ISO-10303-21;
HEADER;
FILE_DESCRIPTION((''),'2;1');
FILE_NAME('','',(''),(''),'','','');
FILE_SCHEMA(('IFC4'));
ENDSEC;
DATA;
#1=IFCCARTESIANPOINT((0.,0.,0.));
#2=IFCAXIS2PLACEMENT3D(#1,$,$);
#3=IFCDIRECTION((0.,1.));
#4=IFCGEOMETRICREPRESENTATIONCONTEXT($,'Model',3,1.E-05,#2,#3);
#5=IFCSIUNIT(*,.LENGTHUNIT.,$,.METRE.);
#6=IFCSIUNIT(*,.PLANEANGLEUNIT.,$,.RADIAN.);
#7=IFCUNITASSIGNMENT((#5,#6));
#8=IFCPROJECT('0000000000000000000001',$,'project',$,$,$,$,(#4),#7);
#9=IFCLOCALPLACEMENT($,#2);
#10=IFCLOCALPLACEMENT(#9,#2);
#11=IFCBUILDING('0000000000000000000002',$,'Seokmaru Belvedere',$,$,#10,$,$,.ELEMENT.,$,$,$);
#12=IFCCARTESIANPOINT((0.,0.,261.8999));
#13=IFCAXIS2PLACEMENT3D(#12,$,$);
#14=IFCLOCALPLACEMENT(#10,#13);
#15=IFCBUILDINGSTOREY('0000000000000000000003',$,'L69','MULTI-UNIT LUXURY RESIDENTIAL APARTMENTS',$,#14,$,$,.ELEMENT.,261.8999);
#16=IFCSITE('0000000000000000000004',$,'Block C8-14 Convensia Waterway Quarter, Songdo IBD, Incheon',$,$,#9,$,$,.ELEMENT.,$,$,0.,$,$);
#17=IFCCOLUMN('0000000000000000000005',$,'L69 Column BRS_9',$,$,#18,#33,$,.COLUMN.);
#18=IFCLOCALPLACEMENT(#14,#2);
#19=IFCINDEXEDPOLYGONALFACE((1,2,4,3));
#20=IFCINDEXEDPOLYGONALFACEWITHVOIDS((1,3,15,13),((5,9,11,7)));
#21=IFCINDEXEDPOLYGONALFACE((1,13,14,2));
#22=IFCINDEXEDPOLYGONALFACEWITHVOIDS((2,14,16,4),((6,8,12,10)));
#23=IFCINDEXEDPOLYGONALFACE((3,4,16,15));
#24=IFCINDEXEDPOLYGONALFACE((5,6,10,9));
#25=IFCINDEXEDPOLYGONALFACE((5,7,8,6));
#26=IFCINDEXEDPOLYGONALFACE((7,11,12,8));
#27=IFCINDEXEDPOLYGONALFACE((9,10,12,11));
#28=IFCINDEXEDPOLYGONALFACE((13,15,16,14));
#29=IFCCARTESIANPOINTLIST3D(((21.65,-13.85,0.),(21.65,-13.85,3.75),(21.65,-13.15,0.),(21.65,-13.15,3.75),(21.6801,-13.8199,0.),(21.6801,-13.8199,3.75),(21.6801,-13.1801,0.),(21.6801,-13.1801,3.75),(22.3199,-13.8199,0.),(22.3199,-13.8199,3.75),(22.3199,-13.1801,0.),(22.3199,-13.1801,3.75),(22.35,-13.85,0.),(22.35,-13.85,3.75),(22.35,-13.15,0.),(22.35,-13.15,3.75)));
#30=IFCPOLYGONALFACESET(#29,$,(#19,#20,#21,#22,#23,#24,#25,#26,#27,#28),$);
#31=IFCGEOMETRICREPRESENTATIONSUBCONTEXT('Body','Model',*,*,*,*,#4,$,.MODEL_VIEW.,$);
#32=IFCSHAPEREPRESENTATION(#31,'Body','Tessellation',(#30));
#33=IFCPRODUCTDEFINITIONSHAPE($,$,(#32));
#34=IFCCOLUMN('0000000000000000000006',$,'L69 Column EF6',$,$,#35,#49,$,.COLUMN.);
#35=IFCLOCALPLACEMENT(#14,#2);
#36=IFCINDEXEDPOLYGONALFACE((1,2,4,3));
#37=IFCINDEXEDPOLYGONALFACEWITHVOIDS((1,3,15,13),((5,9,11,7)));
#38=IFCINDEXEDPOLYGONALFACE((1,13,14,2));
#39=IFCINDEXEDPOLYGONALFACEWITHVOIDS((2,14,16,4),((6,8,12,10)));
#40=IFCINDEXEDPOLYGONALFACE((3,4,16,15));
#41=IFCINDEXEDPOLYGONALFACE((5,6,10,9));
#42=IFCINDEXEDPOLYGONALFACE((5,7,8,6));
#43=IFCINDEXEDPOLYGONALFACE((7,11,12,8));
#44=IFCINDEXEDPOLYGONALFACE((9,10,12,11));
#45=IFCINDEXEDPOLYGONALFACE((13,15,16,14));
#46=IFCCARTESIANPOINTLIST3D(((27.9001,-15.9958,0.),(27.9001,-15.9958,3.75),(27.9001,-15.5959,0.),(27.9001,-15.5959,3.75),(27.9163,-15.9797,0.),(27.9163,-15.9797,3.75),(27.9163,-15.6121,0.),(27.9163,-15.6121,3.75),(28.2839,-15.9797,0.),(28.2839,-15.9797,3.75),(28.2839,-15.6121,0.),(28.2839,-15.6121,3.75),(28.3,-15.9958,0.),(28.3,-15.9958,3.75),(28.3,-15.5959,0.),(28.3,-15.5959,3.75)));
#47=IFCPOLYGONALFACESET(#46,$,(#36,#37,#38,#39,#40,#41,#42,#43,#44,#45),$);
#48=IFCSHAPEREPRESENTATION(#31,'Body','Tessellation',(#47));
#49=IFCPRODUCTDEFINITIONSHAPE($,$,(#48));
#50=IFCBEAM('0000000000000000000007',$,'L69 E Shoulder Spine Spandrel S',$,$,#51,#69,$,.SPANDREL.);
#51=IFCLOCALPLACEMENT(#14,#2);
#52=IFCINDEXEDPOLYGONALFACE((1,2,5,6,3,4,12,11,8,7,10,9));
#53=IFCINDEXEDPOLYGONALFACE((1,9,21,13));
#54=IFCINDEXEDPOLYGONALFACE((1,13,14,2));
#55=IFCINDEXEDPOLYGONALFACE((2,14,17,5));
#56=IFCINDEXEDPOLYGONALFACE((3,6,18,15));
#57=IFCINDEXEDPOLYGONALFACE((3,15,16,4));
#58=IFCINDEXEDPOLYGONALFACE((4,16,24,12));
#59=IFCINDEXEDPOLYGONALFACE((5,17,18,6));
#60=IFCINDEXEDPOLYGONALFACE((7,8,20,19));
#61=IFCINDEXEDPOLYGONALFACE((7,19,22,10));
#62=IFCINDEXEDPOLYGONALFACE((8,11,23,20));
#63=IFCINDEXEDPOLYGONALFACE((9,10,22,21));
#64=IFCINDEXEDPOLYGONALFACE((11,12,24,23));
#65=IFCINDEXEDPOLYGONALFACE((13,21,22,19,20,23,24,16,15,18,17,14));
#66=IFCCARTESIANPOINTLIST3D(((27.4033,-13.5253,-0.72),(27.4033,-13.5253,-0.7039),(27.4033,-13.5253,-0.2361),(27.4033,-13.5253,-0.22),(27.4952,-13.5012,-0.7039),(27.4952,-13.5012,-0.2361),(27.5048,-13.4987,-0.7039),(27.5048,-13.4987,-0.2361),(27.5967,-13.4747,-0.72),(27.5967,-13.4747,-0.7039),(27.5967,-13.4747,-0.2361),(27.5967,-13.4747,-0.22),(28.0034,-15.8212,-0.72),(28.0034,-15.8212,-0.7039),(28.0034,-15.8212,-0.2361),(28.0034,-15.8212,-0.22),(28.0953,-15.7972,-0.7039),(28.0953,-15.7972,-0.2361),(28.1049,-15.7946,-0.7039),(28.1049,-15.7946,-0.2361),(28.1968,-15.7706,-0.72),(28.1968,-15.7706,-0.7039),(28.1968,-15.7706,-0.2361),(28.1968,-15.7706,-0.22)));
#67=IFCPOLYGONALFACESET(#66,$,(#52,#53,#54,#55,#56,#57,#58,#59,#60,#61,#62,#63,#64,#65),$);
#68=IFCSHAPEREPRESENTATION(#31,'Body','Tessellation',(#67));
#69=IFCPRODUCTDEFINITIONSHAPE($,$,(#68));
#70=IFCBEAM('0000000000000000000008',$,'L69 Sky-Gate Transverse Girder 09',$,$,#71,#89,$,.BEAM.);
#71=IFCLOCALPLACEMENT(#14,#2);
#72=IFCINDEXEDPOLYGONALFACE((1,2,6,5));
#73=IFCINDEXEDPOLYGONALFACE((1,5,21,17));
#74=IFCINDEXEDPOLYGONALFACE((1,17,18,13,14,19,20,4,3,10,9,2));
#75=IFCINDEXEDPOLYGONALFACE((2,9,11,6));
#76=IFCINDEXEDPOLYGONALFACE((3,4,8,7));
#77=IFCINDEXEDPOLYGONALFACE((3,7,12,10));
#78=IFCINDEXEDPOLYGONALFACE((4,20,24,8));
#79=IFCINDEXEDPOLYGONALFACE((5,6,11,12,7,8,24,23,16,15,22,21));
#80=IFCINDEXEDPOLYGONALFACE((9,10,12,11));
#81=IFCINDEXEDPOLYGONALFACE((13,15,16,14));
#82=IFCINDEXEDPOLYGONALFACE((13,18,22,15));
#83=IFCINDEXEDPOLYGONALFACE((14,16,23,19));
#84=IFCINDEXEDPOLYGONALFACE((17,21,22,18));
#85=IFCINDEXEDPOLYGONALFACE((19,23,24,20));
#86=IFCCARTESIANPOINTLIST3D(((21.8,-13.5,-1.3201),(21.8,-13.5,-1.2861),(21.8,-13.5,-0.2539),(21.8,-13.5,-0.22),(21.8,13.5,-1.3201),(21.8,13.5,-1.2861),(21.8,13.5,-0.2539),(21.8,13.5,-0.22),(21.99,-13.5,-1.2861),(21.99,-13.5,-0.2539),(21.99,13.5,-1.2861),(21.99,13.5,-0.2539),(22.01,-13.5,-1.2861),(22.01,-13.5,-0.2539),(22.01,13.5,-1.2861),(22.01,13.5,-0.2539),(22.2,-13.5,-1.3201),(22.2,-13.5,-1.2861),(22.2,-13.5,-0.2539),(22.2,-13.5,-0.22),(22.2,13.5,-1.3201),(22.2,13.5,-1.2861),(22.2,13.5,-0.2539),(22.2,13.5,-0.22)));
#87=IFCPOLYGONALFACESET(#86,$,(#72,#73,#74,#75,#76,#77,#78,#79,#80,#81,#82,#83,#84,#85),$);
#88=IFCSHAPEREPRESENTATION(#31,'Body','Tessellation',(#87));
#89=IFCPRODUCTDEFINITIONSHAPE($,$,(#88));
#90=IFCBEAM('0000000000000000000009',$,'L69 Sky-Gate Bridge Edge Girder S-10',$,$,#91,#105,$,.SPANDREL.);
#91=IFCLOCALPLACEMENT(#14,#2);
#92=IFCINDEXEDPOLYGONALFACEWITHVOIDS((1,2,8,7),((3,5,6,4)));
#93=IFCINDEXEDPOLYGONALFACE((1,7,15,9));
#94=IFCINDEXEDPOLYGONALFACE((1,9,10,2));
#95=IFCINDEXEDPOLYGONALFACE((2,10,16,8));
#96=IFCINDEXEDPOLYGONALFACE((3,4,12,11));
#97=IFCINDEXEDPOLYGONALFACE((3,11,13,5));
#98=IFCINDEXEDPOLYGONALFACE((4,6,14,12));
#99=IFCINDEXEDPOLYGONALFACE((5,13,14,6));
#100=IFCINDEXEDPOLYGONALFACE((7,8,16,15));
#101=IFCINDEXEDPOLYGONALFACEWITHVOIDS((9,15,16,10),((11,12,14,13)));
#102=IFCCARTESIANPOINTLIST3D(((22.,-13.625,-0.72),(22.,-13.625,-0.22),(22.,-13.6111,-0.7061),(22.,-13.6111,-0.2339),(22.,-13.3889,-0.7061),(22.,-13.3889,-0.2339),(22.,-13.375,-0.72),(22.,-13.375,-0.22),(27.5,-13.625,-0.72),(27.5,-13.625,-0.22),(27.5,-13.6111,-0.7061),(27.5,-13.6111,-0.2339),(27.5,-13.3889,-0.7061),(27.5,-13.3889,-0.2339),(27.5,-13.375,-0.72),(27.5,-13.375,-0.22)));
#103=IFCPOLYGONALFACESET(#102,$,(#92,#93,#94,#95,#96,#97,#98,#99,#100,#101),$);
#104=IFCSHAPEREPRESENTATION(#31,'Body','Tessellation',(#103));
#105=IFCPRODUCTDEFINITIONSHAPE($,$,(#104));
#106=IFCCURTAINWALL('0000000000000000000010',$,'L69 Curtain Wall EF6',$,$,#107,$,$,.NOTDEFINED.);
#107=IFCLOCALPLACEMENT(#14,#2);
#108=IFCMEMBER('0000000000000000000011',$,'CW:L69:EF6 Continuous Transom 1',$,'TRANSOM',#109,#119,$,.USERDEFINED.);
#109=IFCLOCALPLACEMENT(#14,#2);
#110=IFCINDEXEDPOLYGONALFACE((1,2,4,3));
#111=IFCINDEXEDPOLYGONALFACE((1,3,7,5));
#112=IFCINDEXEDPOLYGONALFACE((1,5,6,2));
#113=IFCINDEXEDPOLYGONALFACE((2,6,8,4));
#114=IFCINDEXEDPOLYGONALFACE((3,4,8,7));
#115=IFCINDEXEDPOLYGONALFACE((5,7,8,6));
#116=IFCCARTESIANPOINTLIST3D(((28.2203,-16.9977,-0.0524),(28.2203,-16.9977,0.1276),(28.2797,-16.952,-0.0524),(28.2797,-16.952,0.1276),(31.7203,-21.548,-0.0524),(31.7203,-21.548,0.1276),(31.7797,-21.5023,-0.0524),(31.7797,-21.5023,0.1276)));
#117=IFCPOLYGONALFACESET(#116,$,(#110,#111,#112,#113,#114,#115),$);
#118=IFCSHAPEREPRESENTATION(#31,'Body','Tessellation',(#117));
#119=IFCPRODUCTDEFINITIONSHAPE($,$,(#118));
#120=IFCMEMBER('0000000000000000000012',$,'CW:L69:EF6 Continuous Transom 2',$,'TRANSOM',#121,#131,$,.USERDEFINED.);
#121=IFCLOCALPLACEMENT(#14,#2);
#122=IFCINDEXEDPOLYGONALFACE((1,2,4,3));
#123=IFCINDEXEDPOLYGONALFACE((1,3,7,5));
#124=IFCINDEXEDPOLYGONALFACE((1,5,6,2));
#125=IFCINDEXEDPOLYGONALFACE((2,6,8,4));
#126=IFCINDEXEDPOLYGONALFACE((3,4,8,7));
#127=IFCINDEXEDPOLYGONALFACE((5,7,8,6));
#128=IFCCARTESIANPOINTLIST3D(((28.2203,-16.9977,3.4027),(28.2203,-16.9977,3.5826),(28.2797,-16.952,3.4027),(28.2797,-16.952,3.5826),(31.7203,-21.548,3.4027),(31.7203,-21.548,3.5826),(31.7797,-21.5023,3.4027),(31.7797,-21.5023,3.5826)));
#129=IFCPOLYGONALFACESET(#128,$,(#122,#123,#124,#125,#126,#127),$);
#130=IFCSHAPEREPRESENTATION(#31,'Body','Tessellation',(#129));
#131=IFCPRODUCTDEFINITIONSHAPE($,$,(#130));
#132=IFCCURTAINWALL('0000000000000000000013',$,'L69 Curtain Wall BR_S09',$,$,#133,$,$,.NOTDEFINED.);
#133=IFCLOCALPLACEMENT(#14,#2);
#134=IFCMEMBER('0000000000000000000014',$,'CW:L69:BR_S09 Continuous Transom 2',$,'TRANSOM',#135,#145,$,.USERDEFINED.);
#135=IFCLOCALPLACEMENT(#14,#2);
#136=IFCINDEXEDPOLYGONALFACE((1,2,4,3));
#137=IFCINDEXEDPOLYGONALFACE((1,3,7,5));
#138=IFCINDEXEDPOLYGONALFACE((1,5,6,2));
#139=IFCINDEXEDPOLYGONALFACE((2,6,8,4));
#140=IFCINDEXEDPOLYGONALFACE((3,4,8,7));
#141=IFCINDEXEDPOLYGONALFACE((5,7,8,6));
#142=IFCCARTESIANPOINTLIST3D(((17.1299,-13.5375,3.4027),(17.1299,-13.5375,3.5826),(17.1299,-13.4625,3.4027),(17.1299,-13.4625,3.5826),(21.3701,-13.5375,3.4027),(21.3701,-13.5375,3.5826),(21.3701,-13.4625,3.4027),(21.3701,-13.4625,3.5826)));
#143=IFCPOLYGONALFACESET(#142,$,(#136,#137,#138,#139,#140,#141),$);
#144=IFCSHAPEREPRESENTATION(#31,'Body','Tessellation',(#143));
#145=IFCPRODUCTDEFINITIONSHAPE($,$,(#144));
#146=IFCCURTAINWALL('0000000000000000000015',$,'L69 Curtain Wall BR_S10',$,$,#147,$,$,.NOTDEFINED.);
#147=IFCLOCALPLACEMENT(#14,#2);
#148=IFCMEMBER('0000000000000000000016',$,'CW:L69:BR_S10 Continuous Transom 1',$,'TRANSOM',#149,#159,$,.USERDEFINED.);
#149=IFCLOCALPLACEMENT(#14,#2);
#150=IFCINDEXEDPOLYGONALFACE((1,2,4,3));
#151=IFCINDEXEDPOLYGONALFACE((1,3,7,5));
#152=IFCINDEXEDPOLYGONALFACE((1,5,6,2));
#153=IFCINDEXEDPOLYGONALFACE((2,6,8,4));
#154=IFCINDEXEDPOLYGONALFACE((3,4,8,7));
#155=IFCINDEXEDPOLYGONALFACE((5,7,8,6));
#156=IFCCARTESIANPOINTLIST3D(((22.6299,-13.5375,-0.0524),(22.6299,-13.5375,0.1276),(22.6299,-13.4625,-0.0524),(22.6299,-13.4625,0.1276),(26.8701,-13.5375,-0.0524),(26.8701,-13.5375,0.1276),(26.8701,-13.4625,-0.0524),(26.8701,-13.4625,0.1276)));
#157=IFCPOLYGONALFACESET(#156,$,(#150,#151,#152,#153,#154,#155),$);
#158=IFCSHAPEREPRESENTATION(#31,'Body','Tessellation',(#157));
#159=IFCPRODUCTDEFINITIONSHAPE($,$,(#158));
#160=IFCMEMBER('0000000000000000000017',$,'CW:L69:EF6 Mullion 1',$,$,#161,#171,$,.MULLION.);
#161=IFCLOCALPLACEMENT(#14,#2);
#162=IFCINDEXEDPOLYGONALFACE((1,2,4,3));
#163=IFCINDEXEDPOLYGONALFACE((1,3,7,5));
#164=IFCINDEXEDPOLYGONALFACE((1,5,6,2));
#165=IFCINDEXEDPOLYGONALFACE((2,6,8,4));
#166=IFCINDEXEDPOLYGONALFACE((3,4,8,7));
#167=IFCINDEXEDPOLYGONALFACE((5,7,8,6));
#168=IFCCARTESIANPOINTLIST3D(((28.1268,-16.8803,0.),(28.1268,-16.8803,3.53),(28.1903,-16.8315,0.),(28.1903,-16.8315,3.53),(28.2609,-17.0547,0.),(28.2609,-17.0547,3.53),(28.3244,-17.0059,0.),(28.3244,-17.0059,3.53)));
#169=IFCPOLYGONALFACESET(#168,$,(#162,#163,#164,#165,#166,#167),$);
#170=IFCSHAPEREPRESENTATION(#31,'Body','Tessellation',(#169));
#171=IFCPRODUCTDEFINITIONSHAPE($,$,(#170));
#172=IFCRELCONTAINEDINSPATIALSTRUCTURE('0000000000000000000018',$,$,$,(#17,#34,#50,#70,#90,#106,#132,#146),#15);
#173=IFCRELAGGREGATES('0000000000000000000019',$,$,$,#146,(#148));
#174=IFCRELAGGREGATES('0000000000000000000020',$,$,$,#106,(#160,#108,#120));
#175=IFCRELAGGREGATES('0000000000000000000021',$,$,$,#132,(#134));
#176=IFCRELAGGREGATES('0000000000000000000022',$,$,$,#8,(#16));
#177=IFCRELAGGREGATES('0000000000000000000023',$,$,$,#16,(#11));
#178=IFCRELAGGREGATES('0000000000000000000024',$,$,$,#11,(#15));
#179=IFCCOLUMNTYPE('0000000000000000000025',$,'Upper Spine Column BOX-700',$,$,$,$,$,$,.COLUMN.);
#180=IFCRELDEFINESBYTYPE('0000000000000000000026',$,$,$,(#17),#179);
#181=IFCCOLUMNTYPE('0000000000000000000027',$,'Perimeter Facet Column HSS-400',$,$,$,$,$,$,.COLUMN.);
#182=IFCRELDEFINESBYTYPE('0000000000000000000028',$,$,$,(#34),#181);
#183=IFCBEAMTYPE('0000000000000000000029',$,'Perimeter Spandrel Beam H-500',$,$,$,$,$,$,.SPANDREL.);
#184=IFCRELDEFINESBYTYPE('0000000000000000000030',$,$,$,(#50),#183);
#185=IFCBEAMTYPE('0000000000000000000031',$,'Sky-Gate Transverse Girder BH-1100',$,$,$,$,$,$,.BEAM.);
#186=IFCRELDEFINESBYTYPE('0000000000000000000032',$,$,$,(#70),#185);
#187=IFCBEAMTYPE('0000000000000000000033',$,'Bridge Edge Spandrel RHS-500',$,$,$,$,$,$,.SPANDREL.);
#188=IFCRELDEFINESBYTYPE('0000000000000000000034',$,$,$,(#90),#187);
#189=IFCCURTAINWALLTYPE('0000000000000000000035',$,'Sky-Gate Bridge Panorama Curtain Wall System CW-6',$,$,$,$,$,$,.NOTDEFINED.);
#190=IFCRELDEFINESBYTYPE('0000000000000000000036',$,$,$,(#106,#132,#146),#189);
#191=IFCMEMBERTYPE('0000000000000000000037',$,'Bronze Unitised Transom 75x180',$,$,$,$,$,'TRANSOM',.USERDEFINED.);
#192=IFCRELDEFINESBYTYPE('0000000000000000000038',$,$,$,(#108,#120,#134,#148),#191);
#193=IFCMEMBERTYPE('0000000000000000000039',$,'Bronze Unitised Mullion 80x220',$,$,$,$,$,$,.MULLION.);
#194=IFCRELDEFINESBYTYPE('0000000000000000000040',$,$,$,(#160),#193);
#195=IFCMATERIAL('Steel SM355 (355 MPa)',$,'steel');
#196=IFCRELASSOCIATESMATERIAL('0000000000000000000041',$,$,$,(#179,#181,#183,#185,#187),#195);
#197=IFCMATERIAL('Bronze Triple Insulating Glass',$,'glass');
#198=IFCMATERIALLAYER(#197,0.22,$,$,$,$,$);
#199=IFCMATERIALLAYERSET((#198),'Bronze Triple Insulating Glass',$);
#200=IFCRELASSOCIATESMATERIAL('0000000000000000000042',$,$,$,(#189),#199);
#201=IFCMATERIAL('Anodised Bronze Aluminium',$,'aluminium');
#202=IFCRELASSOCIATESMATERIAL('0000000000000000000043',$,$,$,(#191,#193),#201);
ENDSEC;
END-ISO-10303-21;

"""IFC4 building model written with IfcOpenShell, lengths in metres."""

from ifc_helpers import new_model, si_unit, direction, frame, origin, origin_2d, place, context, subcontext, project, spatial, rectangle, hollow_rectangle, i_section, extrude, source, transform, mapped, material, layer, layer_set, material_profile, profile_set, type_object, type_shapes, element, aggregate, save


model = new_model("IFC4")

# Units and contexts
model_context = context("Model", 3, precision=1e-05, world=origin(), true_north=direction((0.0, 1.0)))
body_context = subcontext(model_context, "Body", "Model", "MODEL_VIEW")
ifc_project = project(units=[si_unit("LENGTHUNIT", "METRE"), si_unit("PLANEANGLEUNIT", "RADIAN")], contexts=[model_context])

# Site, building, storey
site_placement = place(None, origin())
site = spatial("IfcSite", under=ifc_project, at=site_placement, Name="Block C8-14 Convensia Waterway Quarter, Songdo IBD, Incheon", CompositionType="ELEMENT", RefElevation=0.0)
building_placement = place(site_placement, origin())
building = spatial("IfcBuilding", under=site, at=building_placement, Name="Seokmaru Belvedere", CompositionType="ELEMENT")
storey_placement = place(building_placement, frame((0.0, 0.0, 261.8999)))
storey = spatial("IfcBuildingStorey", under=building, at=storey_placement, Name="L69", Description="MULTI-UNIT LUXURY RESIDENTIAL APARTMENTS", CompositionType="ELEMENT", Elevation=261.8999)

# Columns
ifc_material_1 = material(Name="Steel SM355 (355 MPa)", Category="steel")
ifc_material_profile_1 = material_profile(ifc_material_1, hollow_rectangle(XDim=0.7, YDim=0.7, WallThickness=0.03, at=origin_2d()), Name="BOX-700x700x30")
ifc_profile_set_1 = profile_set([ifc_material_profile_1], Name="Steel SM355 (355 MPa)")
column_type_1 = type_object("IfcColumnType", Name="Upper Spine Column BOX-700", PredefinedType="COLUMN", material=ifc_profile_set_1)
shared_shape_1 = source(origin(), body_context, "Body", "SweptSolid", [
    extrude(hollow_rectangle(XDim=0.7, YDim=0.7, WallThickness=0.03, at=origin_2d()), origin(), (0.0, 0.0, 1.0), 3.75),
])
type_shapes(column_type_1, [shared_shape_1])
column_1_placement = place(storey_placement, frame((22.0, -13.5, 0.0), z_axis=(0.0, 0.0, 1.0), x_axis=(1.0, 0.0, 0.0)))
element("IfcColumn", 1, at=column_1_placement, inside=storey, type_object=column_type_1, Name="L69 Column BRS_9", PredefinedType="COLUMN", context=body_context, shape_type="MappedRepresentation", body=[
    mapped(shared_shape_1, transform((0.0, 0.0, 0.0), scale=1.0)),
])
ifc_material_profile_2 = material_profile(ifc_material_1, hollow_rectangle(XDim=0.3999, YDim=0.3999, WallThickness=0.0161, at=origin_2d()), Name="HSS-400x400x16")
ifc_profile_set_2 = profile_set([ifc_material_profile_2], Name="Steel SM355 (355 MPa)")
column_type_2 = type_object("IfcColumnType", Name="Perimeter Facet Column HSS-400", PredefinedType="COLUMN", material=ifc_profile_set_2)
shared_shape_2 = source(origin(), body_context, "Body", "SweptSolid", [
    extrude(hollow_rectangle(XDim=0.3999, YDim=0.3999, WallThickness=0.0161, at=origin_2d()), origin(), (0.0, 0.0, 1.0), 3.75),
])
type_shapes(column_type_2, [shared_shape_2])
column_2_placement = place(storey_placement, frame((28.1001, -15.7959, 0.0), z_axis=(0.0, 0.0, 1.0), x_axis=(1.0, 0.0, 0.0)))
element("IfcColumn", 2, at=column_2_placement, inside=storey, type_object=column_type_2, Name="L69 Column EF6", PredefinedType="COLUMN", context=body_context, shape_type="MappedRepresentation", body=[
    mapped(shared_shape_2, transform((0.0, 0.0, 0.0), scale=1.0)),
])

# Beams
ifc_material_profile_3 = material_profile(ifc_material_1, i_section(OverallWidth=0.2, OverallDepth=0.5, WebThickness=0.01, FlangeThickness=0.0161, at=origin_2d()), Name="H-500x200x10x16")
ifc_profile_set_3 = profile_set([ifc_material_profile_3], Name="Steel SM355 (355 MPa)")
beam_type_1 = type_object("IfcBeamType", Name="Perimeter Spandrel Beam H-500", PredefinedType="SPANDREL", material=ifc_profile_set_3)
shared_shape_3 = source(origin(), body_context, "Body", "SweptSolid", [
    extrude(i_section(OverallWidth=0.2, OverallDepth=0.5, WebThickness=0.01, FlangeThickness=0.0161, at=origin_2d()), origin(), (0.0, 0.0, 1.0), 2.373),
])
type_shapes(beam_type_1, [shared_shape_3])
beam_1_placement = place(storey_placement, frame((28.1001, -15.7959, -0.47), z_axis=(-0.252883, 0.967497, 0.0), x_axis=(-0.967497, -0.252883, 0.0)))
element("IfcBeam", 3, at=beam_1_placement, inside=storey, type_object=beam_type_1, Name="L69 E Shoulder Spine Spandrel S", PredefinedType="SPANDREL", context=body_context, shape_type="MappedRepresentation", body=[
    mapped(shared_shape_3, transform((0.0, 0.0, 0.0), scale=1.0)),
])
ifc_material_profile_4 = material_profile(ifc_material_1, i_section(OverallWidth=0.3999, OverallDepth=1.1001, WebThickness=0.02, FlangeThickness=0.0339, at=origin_2d()), Name="BH-1100x400x20x34")
ifc_profile_set_4 = profile_set([ifc_material_profile_4], Name="Steel SM355 (355 MPa)")
beam_type_2 = type_object("IfcBeamType", Name="Sky-Gate Transverse Girder BH-1100", PredefinedType="BEAM", material=ifc_profile_set_4)
shared_shape_4 = source(origin(), body_context, "Body", "SweptSolid", [
    extrude(i_section(OverallWidth=0.3999, OverallDepth=1.1001, WebThickness=0.02, FlangeThickness=0.0339, at=origin_2d()), origin(), (0.0, 0.0, 1.0), 27.0),
])
type_shapes(beam_type_2, [shared_shape_4])
beam_2_placement = place(storey_placement, frame((22.0, -13.5, -0.77), z_axis=(0.0, 1.0, 0.0), x_axis=(-1.0, 0.0, 0.0)))
element("IfcBeam", 4, at=beam_2_placement, inside=storey, type_object=beam_type_2, Name="L69 Sky-Gate Transverse Girder 09", PredefinedType="BEAM", context=body_context, shape_type="MappedRepresentation", body=[
    mapped(shared_shape_4, transform((0.0, 0.0, 0.0), scale=1.0)),
])
ifc_material_profile_5 = material_profile(ifc_material_1, hollow_rectangle(XDim=0.25, YDim=0.5, WallThickness=0.0139, at=origin_2d()), Name="RHS-500x250x14")
ifc_profile_set_5 = profile_set([ifc_material_profile_5], Name="Steel SM355 (355 MPa)")
beam_type_3 = type_object("IfcBeamType", Name="Bridge Edge Spandrel RHS-500", PredefinedType="SPANDREL", material=ifc_profile_set_5)
shared_shape_5 = source(origin(), body_context, "Body", "SweptSolid", [
    extrude(hollow_rectangle(XDim=0.25, YDim=0.5, WallThickness=0.0139, at=origin_2d()), origin(), (0.0, 0.0, 1.0), 5.5),
])
type_shapes(beam_type_3, [shared_shape_5])
beam_3_placement = place(storey_placement, frame((22.0, -13.5, -0.47), z_axis=(1.0, 0.0, 0.0), x_axis=(0.0, 1.0, 0.0)))
element("IfcBeam", 5, at=beam_3_placement, inside=storey, type_object=beam_type_3, Name="L69 Sky-Gate Bridge Edge Girder S-10", PredefinedType="SPANDREL", context=body_context, shape_type="MappedRepresentation", body=[
    mapped(shared_shape_5, transform((0.0, 0.0, 0.0), scale=1.0)),
])

# Curtain wall, members
ifc_material_2 = material(Name="Bronze Triple Insulating Glass", Category="glass")
ifc_layer_1 = layer(ifc_material_2, 0.22)
ifc_layer_set_1 = layer_set([ifc_layer_1], Name="Bronze Triple Insulating Glass")
curtain_wall_type = type_object("IfcCurtainWallType", Name="Sky-Gate Bridge Panorama Curtain Wall System CW-6", PredefinedType="NOTDEFINED", material=ifc_layer_set_1)
curtain_wall_1_placement = place(storey_placement, origin())
curtain_wall_1 = element("IfcCurtainWall", 6, at=curtain_wall_1_placement, inside=storey, type_object=curtain_wall_type, Name="L69 Curtain Wall EF6", PredefinedType="NOTDEFINED")
ifc_material_3 = material(Name="Anodised Bronze Aluminium", Category="aluminium")
ifc_material_profile_6 = material_profile(ifc_material_3, rectangle(XDim=0.075, YDim=0.1799, at=origin_2d()), Name="CW-T-75x180")
ifc_profile_set_6 = profile_set([ifc_material_profile_6], Name="Anodised Bronze Aluminium")
member_type_1 = type_object("IfcMemberType", Name="Bronze Unitised Transom 75x180", ElementType="TRANSOM", PredefinedType="USERDEFINED", material=ifc_profile_set_6)
shared_shape_6 = source(origin(), body_context, "Body", "SweptSolid", [
    extrude(rectangle(XDim=0.075, YDim=0.1799, at=origin_2d()), origin(), (0.0, 0.0, 1.0), 5.7407),
])
member_1_placement = place(storey_placement, frame((28.25, -16.9749, 0.0376), z_axis=(0.609686, -0.792643, 0.0), x_axis=(0.792643, 0.609686, 0.0)))
member_1 = element("IfcMember", 7, at=member_1_placement, type_object=member_type_1, Name="CW:L69:EF6 Continuous Transom 1", ObjectType="TRANSOM", PredefinedType="USERDEFINED", context=body_context, shape_type="MappedRepresentation", body=[
    mapped(shared_shape_6, transform((0.0, 0.0, 0.0), scale=1.0)),
])
member_2_placement = place(storey_placement, frame((28.25, -16.9749, 3.4927), z_axis=(0.609686, -0.792643, 0.0), x_axis=(0.792643, 0.609686, 0.0)))
member_2 = element("IfcMember", 8, at=member_2_placement, type_object=member_type_1, Name="CW:L69:EF6 Continuous Transom 2", ObjectType="TRANSOM", PredefinedType="USERDEFINED", context=body_context, shape_type="MappedRepresentation", body=[
    mapped(shared_shape_6, transform((0.0, 0.0, 0.0), scale=1.0)),
])

# Curtain walls, members
curtain_wall_2_placement = place(storey_placement, origin())
curtain_wall_2 = element("IfcCurtainWall", 9, at=curtain_wall_2_placement, inside=storey, type_object=curtain_wall_type, Name="L69 Curtain Wall BR_S09", PredefinedType="NOTDEFINED")
shared_shape_7 = source(origin(), body_context, "Body", "SweptSolid", [
    extrude(rectangle(XDim=0.075, YDim=0.1799, at=origin_2d()), origin(), (0.0, 0.0, 1.0), 4.2402),
])
type_shapes(member_type_1, [shared_shape_6, shared_shape_7])
member_3_placement = place(storey_placement, frame((17.1299, -13.5, 3.4927), z_axis=(1.0, 0.0, 0.0), x_axis=(0.0, 1.0, 0.0)))
member_3 = element("IfcMember", 10, at=member_3_placement, type_object=member_type_1, Name="CW:L69:BR_S09 Continuous Transom 2", ObjectType="TRANSOM", PredefinedType="USERDEFINED", context=body_context, shape_type="MappedRepresentation", body=[
    mapped(shared_shape_7, transform((0.0, 0.0, 0.0), scale=1.0)),
])
curtain_wall_3_placement = place(storey_placement, origin())
curtain_wall_3 = element("IfcCurtainWall", 11, at=curtain_wall_3_placement, inside=storey, type_object=curtain_wall_type, Name="L69 Curtain Wall BR_S10", PredefinedType="NOTDEFINED")
member_4_placement = place(storey_placement, frame((22.6299, -13.5, 0.0376), z_axis=(1.0, 0.0, 0.0), x_axis=(0.0, 1.0, 0.0)))
member_4 = element("IfcMember", 12, at=member_4_placement, type_object=member_type_1, Name="CW:L69:BR_S10 Continuous Transom 1", ObjectType="TRANSOM", PredefinedType="USERDEFINED", context=body_context, shape_type="MappedRepresentation", body=[
    mapped(shared_shape_7, transform((0.0, 0.0, 0.0), scale=1.0)),
])

# Member
ifc_material_profile_7 = material_profile(ifc_material_3, rectangle(XDim=0.0801, YDim=0.22, at=origin_2d()), Name="CW-M-80x220")
ifc_profile_set_7 = profile_set([ifc_material_profile_7], Name="Anodised Bronze Aluminium")
member_type_2 = type_object("IfcMemberType", Name="Bronze Unitised Mullion 80x220", PredefinedType="MULLION", material=ifc_profile_set_7)
shared_shape_8 = source(origin(), body_context, "Body", "SweptSolid", [
    extrude(rectangle(XDim=0.0801, YDim=0.22, at=origin_2d()), origin(), (0.0, 0.0, 1.0), 3.53),
])
type_shapes(member_type_2, [shared_shape_8])
member_5_placement = place(storey_placement, frame((28.2256, -16.9431, 0.0), z_axis=(0.0, 0.0, 1.0), x_axis=(0.792631, 0.609701, 0.0)))
member_5 = element("IfcMember", 13, at=member_5_placement, type_object=member_type_2, Name="CW:L69:EF6 Mullion 1", PredefinedType="MULLION", context=body_context, shape_type="MappedRepresentation", body=[
    mapped(shared_shape_8, transform((0.0, 0.0, 0.0), scale=1.0)),
])
aggregate(curtain_wall_3, [member_4])

aggregate(curtain_wall_1, [member_5, member_1, member_2])
aggregate(curtain_wall_2, [member_3])

save(model, "model.ifc")
